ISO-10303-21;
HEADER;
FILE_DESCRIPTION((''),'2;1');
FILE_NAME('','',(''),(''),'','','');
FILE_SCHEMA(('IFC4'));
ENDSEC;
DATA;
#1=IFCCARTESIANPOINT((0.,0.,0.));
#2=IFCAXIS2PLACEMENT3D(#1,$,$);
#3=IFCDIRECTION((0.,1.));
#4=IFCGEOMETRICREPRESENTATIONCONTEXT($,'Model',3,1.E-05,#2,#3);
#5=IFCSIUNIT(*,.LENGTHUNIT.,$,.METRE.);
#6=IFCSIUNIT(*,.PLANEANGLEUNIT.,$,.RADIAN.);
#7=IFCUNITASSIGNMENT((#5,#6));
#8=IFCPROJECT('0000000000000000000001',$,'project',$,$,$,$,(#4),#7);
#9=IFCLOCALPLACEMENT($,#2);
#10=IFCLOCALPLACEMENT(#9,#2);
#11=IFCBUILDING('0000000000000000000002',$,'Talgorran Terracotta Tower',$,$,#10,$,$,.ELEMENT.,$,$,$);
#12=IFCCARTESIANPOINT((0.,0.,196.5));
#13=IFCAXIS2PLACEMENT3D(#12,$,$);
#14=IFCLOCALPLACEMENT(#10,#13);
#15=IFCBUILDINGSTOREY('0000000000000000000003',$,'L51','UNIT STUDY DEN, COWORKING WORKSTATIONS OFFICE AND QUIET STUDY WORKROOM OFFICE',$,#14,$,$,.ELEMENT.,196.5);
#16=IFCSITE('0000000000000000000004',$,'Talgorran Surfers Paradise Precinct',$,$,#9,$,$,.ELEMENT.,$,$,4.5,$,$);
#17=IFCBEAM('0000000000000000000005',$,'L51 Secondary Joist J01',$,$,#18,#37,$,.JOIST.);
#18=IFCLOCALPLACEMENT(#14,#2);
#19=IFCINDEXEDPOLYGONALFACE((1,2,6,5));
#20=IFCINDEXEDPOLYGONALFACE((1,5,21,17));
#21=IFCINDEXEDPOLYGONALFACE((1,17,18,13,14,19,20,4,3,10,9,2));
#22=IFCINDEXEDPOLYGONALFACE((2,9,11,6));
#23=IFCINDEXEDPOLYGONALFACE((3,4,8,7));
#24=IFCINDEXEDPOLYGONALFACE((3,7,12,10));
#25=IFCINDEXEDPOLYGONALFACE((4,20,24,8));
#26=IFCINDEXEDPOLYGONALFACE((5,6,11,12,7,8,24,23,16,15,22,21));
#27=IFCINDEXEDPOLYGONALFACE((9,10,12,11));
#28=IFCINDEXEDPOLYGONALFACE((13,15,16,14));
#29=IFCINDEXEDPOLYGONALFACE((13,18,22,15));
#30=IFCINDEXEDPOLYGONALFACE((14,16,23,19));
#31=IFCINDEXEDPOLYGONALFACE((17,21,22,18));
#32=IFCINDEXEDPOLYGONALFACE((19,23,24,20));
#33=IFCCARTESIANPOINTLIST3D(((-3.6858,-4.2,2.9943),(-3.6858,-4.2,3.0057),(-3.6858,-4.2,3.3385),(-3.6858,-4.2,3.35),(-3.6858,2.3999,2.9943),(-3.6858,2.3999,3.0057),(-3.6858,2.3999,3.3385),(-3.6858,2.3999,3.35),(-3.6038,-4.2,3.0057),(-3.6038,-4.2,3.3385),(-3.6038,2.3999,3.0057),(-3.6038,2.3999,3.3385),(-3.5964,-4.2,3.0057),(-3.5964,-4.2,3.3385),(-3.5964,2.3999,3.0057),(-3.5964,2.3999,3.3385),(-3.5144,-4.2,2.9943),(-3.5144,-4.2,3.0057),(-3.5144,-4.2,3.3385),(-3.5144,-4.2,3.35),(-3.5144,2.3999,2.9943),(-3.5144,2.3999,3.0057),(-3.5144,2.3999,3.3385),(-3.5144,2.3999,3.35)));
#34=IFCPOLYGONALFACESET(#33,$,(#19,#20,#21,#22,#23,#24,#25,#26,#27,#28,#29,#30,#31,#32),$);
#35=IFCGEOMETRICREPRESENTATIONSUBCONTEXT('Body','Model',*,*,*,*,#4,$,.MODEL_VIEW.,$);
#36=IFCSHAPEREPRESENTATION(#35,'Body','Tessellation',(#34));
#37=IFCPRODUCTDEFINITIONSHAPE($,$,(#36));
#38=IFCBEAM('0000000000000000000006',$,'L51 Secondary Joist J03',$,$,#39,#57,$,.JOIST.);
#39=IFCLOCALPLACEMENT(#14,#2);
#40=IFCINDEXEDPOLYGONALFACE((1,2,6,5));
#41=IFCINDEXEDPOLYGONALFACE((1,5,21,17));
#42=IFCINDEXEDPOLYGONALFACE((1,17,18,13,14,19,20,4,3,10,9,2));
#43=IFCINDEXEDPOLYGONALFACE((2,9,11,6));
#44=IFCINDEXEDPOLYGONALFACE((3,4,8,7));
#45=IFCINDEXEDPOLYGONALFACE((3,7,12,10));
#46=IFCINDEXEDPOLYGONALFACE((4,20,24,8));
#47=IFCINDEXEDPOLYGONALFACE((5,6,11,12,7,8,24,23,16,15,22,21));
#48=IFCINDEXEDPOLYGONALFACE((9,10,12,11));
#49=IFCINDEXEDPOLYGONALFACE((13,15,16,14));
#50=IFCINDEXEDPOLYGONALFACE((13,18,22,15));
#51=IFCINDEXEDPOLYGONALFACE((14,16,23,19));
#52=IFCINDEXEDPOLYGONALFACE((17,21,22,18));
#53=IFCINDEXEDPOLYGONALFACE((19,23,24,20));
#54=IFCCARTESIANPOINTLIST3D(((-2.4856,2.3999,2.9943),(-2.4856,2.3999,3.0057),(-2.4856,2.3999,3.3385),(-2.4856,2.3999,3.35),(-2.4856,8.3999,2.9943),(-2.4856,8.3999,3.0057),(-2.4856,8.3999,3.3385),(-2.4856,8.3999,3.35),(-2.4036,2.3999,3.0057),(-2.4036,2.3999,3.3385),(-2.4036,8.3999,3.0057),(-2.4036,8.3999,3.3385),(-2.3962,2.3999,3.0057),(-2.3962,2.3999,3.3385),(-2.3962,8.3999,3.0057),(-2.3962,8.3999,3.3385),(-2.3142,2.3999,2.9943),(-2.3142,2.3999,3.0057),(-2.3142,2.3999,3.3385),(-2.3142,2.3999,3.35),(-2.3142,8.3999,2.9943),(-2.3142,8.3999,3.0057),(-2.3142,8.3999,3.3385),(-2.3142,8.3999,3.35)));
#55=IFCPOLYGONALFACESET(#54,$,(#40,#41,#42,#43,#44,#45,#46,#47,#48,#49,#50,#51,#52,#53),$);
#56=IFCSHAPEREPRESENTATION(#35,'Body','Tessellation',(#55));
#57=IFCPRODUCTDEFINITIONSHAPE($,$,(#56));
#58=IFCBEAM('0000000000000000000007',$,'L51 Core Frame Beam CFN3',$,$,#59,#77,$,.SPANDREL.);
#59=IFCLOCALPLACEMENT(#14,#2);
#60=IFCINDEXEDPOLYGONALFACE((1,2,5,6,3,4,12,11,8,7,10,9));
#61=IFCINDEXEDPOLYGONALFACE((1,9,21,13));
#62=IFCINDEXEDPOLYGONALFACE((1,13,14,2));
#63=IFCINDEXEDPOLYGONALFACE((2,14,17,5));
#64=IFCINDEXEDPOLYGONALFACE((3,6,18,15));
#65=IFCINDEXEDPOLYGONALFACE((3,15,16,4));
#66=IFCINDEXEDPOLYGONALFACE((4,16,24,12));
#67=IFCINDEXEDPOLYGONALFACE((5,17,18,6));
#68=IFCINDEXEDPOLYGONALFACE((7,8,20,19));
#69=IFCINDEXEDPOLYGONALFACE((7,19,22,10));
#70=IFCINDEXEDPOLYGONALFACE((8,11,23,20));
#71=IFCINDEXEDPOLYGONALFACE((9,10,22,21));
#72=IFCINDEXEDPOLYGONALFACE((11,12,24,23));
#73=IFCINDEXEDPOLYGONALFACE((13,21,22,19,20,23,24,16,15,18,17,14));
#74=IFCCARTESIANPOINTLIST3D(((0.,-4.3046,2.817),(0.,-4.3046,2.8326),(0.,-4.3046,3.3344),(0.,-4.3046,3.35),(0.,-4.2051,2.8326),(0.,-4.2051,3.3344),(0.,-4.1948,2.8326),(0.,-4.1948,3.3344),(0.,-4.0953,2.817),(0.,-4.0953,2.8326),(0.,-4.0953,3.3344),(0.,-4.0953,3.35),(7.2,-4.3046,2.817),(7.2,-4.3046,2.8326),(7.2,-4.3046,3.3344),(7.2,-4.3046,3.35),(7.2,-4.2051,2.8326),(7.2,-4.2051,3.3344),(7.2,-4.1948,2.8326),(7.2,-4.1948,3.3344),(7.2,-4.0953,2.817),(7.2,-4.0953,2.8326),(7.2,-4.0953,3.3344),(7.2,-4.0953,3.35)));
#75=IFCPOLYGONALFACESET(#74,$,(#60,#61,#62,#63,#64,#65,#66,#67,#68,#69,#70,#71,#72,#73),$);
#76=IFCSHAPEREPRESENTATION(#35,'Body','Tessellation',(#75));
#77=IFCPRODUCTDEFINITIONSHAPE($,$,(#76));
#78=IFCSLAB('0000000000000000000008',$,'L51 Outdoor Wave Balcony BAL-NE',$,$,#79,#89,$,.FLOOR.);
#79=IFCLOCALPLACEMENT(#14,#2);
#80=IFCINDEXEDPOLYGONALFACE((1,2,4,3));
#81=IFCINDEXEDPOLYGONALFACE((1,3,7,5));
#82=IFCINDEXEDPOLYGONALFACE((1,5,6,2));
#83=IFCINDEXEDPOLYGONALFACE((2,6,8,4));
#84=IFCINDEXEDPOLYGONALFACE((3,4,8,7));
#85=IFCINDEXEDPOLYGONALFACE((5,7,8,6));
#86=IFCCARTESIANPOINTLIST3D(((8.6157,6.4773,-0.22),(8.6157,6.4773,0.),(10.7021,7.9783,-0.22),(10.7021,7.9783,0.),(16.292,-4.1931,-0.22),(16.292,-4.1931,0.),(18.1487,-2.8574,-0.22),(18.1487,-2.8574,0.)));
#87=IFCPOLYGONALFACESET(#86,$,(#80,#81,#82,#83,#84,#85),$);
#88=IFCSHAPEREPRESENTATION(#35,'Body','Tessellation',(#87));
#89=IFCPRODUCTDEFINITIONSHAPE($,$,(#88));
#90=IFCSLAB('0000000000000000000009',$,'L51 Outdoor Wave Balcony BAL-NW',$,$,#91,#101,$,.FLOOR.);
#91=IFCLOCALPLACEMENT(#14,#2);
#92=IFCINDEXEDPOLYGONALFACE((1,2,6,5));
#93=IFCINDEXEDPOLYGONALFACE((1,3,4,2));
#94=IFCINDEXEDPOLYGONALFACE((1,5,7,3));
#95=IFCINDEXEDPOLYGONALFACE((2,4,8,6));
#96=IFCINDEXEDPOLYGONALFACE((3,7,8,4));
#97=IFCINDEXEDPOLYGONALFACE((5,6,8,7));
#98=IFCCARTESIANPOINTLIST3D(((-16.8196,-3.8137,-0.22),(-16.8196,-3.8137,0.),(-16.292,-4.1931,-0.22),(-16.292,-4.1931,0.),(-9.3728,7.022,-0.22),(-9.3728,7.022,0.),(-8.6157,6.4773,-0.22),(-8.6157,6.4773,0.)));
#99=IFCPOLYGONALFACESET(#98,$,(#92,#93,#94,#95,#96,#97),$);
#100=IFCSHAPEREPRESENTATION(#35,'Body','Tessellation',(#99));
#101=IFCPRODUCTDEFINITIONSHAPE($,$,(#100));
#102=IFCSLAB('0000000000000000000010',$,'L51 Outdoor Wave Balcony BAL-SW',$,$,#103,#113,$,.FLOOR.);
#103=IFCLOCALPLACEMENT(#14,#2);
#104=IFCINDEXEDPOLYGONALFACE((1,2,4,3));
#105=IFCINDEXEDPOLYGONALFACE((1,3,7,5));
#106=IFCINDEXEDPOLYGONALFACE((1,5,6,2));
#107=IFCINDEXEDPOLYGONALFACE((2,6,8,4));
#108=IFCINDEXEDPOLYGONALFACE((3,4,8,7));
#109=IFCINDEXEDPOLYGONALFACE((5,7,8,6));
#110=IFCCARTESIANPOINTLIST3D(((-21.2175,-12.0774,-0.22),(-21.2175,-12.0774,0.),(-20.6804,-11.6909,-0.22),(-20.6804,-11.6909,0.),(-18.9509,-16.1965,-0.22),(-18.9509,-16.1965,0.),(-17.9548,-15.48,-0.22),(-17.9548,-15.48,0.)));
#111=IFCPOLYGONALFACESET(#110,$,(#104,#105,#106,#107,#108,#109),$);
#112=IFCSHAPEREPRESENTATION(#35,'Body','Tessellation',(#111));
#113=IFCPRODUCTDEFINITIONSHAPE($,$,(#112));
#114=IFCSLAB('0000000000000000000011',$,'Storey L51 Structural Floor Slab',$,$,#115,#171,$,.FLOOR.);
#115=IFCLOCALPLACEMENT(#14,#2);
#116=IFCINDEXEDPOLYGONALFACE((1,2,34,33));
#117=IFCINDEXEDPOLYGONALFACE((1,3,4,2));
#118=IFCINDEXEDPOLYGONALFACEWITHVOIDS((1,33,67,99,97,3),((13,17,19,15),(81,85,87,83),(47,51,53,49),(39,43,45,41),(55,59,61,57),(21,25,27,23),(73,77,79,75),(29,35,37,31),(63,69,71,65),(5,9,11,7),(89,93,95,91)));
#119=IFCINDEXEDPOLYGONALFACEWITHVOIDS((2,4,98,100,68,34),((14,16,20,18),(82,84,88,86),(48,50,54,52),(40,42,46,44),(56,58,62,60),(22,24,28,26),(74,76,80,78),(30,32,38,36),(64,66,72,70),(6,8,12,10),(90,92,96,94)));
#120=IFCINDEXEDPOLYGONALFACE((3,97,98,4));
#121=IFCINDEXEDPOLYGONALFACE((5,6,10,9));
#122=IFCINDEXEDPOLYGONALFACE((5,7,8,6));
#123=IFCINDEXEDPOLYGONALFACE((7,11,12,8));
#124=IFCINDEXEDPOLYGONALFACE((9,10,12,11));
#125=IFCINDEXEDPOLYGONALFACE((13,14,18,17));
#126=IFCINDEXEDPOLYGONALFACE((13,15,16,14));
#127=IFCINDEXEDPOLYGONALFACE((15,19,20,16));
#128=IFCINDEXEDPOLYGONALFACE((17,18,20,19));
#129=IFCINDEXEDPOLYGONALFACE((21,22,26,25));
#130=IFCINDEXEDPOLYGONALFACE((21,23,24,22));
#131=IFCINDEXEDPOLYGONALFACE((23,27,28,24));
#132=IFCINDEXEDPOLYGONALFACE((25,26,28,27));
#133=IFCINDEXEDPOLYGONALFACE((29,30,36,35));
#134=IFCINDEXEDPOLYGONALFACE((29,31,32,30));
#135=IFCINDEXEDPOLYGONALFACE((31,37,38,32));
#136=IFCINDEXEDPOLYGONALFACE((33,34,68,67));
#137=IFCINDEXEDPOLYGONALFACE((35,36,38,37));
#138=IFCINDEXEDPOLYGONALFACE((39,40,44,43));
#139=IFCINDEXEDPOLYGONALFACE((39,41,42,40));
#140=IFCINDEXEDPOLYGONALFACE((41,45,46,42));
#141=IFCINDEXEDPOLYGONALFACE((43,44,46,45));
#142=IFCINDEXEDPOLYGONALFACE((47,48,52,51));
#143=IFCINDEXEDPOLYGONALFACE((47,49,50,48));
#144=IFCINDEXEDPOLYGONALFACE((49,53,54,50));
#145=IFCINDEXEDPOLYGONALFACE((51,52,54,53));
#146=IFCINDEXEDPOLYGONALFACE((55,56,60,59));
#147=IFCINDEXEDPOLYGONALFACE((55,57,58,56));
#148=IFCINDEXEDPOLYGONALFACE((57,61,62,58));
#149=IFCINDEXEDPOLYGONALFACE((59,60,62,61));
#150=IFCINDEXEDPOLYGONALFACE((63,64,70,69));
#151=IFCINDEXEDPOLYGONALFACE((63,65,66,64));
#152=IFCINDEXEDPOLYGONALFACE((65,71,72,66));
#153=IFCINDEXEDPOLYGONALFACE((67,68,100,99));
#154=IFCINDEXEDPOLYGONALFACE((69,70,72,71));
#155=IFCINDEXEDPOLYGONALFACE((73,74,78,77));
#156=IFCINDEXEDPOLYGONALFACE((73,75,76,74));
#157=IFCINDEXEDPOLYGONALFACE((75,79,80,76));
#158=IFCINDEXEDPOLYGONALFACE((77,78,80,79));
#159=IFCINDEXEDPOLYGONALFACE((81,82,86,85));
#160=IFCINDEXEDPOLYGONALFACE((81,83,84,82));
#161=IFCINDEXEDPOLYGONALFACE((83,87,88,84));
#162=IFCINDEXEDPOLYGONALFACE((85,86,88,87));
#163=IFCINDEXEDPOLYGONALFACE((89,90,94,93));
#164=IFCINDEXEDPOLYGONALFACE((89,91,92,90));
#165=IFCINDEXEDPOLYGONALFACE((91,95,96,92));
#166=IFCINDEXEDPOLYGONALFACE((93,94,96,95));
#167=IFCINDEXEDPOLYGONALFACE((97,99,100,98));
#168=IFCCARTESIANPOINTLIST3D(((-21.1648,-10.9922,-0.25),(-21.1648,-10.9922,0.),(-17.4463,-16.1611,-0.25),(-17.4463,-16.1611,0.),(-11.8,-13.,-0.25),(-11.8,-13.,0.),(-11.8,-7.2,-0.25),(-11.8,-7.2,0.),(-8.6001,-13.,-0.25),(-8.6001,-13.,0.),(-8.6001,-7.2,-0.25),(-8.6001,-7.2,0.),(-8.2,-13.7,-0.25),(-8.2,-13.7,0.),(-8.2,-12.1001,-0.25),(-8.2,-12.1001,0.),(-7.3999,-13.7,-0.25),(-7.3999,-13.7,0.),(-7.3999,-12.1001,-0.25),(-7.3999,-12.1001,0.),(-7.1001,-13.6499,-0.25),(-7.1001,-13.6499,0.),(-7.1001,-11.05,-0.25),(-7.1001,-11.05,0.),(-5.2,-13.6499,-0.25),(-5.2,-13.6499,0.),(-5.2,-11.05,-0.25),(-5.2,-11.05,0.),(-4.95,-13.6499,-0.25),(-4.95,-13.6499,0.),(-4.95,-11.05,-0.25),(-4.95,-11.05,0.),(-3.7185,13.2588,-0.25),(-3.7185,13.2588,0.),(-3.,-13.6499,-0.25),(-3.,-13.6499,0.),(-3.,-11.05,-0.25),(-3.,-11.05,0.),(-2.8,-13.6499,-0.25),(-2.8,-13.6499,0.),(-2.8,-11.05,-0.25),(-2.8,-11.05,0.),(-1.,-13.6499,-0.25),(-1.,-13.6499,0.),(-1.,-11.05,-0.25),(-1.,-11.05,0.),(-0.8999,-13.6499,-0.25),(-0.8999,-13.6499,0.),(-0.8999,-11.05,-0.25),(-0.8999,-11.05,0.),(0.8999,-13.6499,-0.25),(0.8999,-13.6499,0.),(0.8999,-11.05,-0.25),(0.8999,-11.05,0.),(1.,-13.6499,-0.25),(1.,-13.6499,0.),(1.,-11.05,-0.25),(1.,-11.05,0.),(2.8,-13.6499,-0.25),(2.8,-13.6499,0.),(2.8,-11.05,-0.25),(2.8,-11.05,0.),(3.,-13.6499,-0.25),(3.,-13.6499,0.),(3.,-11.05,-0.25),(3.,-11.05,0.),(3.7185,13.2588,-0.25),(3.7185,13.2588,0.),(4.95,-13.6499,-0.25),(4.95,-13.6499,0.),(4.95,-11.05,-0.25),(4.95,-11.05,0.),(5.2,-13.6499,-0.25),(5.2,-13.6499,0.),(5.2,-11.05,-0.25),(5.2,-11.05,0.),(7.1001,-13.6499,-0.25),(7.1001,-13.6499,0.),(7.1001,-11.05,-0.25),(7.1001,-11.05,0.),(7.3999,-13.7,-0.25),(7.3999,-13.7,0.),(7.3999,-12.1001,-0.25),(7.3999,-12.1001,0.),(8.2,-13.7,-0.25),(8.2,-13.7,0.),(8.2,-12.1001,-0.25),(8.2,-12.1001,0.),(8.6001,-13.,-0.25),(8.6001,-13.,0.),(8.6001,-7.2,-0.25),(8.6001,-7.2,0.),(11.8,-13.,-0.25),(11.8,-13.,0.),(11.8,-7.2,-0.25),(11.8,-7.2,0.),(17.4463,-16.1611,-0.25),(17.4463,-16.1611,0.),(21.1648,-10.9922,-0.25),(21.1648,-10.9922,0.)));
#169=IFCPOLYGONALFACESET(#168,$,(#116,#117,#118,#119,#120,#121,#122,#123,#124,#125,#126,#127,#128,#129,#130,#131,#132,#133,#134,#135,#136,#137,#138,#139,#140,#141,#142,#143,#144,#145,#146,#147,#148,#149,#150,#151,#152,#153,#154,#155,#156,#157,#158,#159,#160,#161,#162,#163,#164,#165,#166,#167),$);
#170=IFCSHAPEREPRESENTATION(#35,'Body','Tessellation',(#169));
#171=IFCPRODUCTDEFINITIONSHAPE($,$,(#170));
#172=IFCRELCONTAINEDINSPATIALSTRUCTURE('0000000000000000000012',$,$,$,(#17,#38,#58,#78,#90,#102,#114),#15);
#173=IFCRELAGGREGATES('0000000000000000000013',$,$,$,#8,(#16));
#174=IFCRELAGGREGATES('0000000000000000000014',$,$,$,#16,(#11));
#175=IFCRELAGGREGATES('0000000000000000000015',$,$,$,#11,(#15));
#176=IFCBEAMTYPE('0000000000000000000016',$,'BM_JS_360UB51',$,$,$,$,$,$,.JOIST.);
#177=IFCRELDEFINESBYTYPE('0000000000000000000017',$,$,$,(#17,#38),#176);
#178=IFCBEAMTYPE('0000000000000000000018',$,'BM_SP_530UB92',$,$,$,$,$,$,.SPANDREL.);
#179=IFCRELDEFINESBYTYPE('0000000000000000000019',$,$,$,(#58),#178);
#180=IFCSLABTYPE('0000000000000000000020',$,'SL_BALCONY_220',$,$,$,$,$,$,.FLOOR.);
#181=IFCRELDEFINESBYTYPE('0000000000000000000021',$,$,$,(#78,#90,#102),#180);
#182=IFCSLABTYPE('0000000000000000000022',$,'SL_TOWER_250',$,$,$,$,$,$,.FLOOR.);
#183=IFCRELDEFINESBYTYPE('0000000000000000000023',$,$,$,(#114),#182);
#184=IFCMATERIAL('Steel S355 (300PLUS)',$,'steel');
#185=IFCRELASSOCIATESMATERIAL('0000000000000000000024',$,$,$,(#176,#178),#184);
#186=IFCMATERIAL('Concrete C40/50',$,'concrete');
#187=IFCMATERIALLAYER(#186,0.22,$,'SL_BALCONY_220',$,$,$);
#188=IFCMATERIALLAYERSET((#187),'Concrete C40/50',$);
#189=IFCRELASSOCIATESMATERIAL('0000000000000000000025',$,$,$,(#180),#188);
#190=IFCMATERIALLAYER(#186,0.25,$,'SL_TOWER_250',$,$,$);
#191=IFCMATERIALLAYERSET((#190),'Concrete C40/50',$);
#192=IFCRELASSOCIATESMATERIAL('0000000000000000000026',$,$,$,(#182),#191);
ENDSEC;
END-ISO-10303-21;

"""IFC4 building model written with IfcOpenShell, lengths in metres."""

from ifc_helpers import new_model, si_unit, direction, frame, origin, origin_2d, place, context, subcontext, project, spatial, polyline, i_section, outline, extrude, material, layer, layer_set, material_profile, profile_set, type_object, element, save


model = new_model("IFC4")

# Units and contexts
model_context = context("Model", 3, precision=1e-05, world=origin(), true_north=direction((0.0, 1.0)))
body_context = subcontext(model_context, "Body", "Model", "MODEL_VIEW")
ifc_project = project(units=[si_unit("LENGTHUNIT", "METRE"), si_unit("PLANEANGLEUNIT", "RADIAN")], contexts=[model_context])

# Site, building, storey
site_placement = place(None, origin())
site = spatial("IfcSite", under=ifc_project, at=site_placement, Name="Talgorran Surfers Paradise Precinct", CompositionType="ELEMENT", RefElevation=4.5)
building_placement = place(site_placement, origin())
building = spatial("IfcBuilding", under=site, at=building_placement, Name="Talgorran Terracotta Tower", CompositionType="ELEMENT")
storey_placement = place(building_placement, frame((0.0, 0.0, 196.5)))
storey = spatial("IfcBuildingStorey", under=building, at=storey_placement, Name="L51", Description="UNIT STUDY DEN, COWORKING WORKSTATIONS OFFICE AND QUIET STUDY WORKROOM OFFICE", CompositionType="ELEMENT", Elevation=196.5)

# Shared definitions
ifc_material_1 = material(Name="Steel S355 (300PLUS)", Category="steel")

# Beams
ifc_material_profile_1 = material_profile(ifc_material_1, i_section(OverallWidth=0.1714, OverallDepth=0.3557, WebThickness=0.0073, FlangeThickness=0.0115, at=origin_2d()), Name="360UB50.7")
ifc_profile_set_1 = profile_set([ifc_material_profile_1], Name="Steel S355 (300PLUS)")
beam_type_1 = type_object("IfcBeamType", Name="BM_JS_360UB51", PredefinedType="JOIST", material=ifc_profile_set_1)
beam_1_placement = place(storey_placement, frame((-3.6001, -4.2, 3.1721), z_axis=(0.0, 1.0, 0.0), x_axis=(-1.0, 0.0, 0.0)))
element("IfcBeam", 1, at=beam_1_placement, inside=storey, type_object=beam_type_1, Name="L51 Secondary Joist J01", PredefinedType="JOIST", context=body_context, shape_type="SweptSolid", body=[
    extrude(i_section(OverallWidth=0.1714, OverallDepth=0.3557, WebThickness=0.0073, FlangeThickness=0.0115, at=origin_2d()), origin(), (0.0, 0.0, 1.0), 6.5999),
])
beam_2_placement = place(storey_placement, frame((-2.3999, 2.3999, 3.1721), z_axis=(0.0, 1.0, 0.0), x_axis=(-1.0, 0.0, 0.0)))
element("IfcBeam", 2, at=beam_2_placement, inside=storey, type_object=beam_type_1, Name="L51 Secondary Joist J03", PredefinedType="JOIST", context=body_context, shape_type="SweptSolid", body=[
    extrude(i_section(OverallWidth=0.1714, OverallDepth=0.3557, WebThickness=0.0073, FlangeThickness=0.0115, at=origin_2d()), origin(), (0.0, 0.0, 1.0), 6.0),
])
ifc_material_profile_2 = material_profile(ifc_material_1, i_section(OverallWidth=0.2092, OverallDepth=0.533, WebThickness=0.0103, FlangeThickness=0.0156, at=origin_2d()), Name="530UB92.4")
ifc_profile_set_2 = profile_set([ifc_material_profile_2], Name="Steel S355 (300PLUS)")
beam_type_2 = type_object("IfcBeamType", Name="BM_SP_530UB92", PredefinedType="SPANDREL", material=ifc_profile_set_2)
beam_3_placement = place(storey_placement, frame((0.0, -4.2, 3.0835), z_axis=(1.0, 0.0, 0.0), x_axis=(0.0, 1.0, 0.0)))
element("IfcBeam", 3, at=beam_3_placement, inside=storey, type_object=beam_type_2, Name="L51 Core Frame Beam CFN3", PredefinedType="SPANDREL", context=body_context, shape_type="SweptSolid", body=[
    extrude(i_section(OverallWidth=0.2092, OverallDepth=0.533, WebThickness=0.0103, FlangeThickness=0.0156, at=origin_2d()), origin(), (0.0, 0.0, 1.0), 7.2),
])

# Slabs
ifc_material_2 = material(Name="Concrete C40/50", Category="concrete")
ifc_layer_1 = layer(ifc_material_2, 0.22, Name="SL_BALCONY_220")
ifc_layer_set_1 = layer_set([ifc_layer_1], Name="Concrete C40/50")
slab_type_1 = type_object("IfcSlabType", Name="SL_BALCONY_220", PredefinedType="FLOOR", material=ifc_layer_set_1)
slab_1_placement = place(storey_placement, frame((0.0, 0.0, -0.22)))
element("IfcSlab", 4, at=slab_1_placement, inside=storey, type_object=slab_type_1, Name="L51 Outdoor Wave Balcony BAL-NE", PredefinedType="FLOOR", context=body_context, shape_type="SweptSolid", body=[
    extrude(outline(polyline([(8.6157, 6.4773), (16.292, -4.1931), (18.1487, -2.8574), (10.7021, 7.9783), (8.6157, 6.4773)])), origin(), (0.0, 0.0, 1.0), 0.22),
])
slab_2_placement = place(storey_placement, frame((0.0, 0.0, -0.22)))
element("IfcSlab", 5, at=slab_2_placement, inside=storey, type_object=slab_type_1, Name="L51 Outdoor Wave Balcony BAL-NW", PredefinedType="FLOOR", context=body_context, shape_type="SweptSolid", body=[
    extrude(outline(polyline([(-16.292, -4.1931), (-8.6157, 6.4773), (-9.3728, 7.022), (-16.8196, -3.8137), (-16.292, -4.1931)])), origin(), (0.0, 0.0, 1.0), 0.22),
])
slab_3_placement = place(storey_placement, frame((0.0, 0.0, -0.22)))
element("IfcSlab", 6, at=slab_3_placement, inside=storey, type_object=slab_type_1, Name="L51 Outdoor Wave Balcony BAL-SW", PredefinedType="FLOOR", context=body_context, shape_type="SweptSolid", body=[
    extrude(outline(polyline([(-17.9548, -15.48), (-20.6804, -11.6909), (-21.2175, -12.0774), (-18.9509, -16.1965), (-17.9548, -15.48)])), origin(), (0.0, 0.0, 1.0), 0.22),
])
ifc_layer_2 = layer(ifc_material_2, 0.25, Name="SL_TOWER_250")
ifc_layer_set_2 = layer_set([ifc_layer_2], Name="Concrete C40/50")
slab_type_2 = type_object("IfcSlabType", Name="SL_TOWER_250", PredefinedType="FLOOR", material=ifc_layer_set_2)
slab_4_placement = place(storey_placement, frame((0.0, 0.0, -0.25)))
element("IfcSlab", 7, at=slab_4_placement, inside=storey, type_object=slab_type_2, Name="Storey L51 Structural Floor Slab", PredefinedType="FLOOR", context=body_context, shape_type="SweptSolid", body=[
    extrude(outline(polyline([(-21.1648, -10.9922), (-17.4463, -16.1611), (17.4463, -16.1611), (21.1648, -10.9922), (3.7185, 13.2588), (-3.7185, 13.2588), (-21.1648, -10.9922)]), holes=[polyline([(-11.8, -7.2), (-11.8, -13.0), (-8.6001, -13.0), (-8.6001, -7.2), (-11.8, -7.2)]), polyline([(8.6001, -7.2), (8.6001, -13.0), (11.8, -13.0), (11.8, -7.2), (8.6001, -7.2)]), polyline([(-7.1001, -13.6499), (-5.2, -13.6499), (-5.2, -11.05), (-7.1001, -11.05), (-7.1001, -13.6499)]), polyline([(5.2, -13.6499), (7.1001, -13.6499), (7.1001, -11.05), (5.2, -11.05), (5.2, -13.6499)]), polyline([(3.0, -13.6499), (4.95, -13.6499), (4.95, -11.05), (3.0, -11.05), (3.0, -13.6499)]), polyline([(-4.95, -13.6499), (-3.0, -13.6499), (-3.0, -11.05), (-4.95, -11.05), (-4.95, -13.6499)]), polyline([(-2.8, -13.6499), (-1.0, -13.6499), (-1.0, -11.05), (-2.8, -11.05), (-2.8, -13.6499)]), polyline([(-0.8999, -13.6499), (0.8999, -13.6499), (0.8999, -11.05), (-0.8999, -11.05), (-0.8999, -13.6499)]), polyline([(1.0, -13.6499), (2.8, -13.6499), (2.8, -11.05), (1.0, -11.05), (1.0, -13.6499)]), polyline([(-8.2, -13.7), (-7.3999, -13.7), (-7.3999, -12.1001), (-8.2, -12.1001), (-8.2, -13.7)]), polyline([(7.3999, -13.7), (8.2, -13.7), (8.2, -12.1001), (7.3999, -12.1001), (7.3999, -13.7)])]), origin(), (0.0, 0.0, 1.0), 0.25),
])

save(model, "model.ifc")
